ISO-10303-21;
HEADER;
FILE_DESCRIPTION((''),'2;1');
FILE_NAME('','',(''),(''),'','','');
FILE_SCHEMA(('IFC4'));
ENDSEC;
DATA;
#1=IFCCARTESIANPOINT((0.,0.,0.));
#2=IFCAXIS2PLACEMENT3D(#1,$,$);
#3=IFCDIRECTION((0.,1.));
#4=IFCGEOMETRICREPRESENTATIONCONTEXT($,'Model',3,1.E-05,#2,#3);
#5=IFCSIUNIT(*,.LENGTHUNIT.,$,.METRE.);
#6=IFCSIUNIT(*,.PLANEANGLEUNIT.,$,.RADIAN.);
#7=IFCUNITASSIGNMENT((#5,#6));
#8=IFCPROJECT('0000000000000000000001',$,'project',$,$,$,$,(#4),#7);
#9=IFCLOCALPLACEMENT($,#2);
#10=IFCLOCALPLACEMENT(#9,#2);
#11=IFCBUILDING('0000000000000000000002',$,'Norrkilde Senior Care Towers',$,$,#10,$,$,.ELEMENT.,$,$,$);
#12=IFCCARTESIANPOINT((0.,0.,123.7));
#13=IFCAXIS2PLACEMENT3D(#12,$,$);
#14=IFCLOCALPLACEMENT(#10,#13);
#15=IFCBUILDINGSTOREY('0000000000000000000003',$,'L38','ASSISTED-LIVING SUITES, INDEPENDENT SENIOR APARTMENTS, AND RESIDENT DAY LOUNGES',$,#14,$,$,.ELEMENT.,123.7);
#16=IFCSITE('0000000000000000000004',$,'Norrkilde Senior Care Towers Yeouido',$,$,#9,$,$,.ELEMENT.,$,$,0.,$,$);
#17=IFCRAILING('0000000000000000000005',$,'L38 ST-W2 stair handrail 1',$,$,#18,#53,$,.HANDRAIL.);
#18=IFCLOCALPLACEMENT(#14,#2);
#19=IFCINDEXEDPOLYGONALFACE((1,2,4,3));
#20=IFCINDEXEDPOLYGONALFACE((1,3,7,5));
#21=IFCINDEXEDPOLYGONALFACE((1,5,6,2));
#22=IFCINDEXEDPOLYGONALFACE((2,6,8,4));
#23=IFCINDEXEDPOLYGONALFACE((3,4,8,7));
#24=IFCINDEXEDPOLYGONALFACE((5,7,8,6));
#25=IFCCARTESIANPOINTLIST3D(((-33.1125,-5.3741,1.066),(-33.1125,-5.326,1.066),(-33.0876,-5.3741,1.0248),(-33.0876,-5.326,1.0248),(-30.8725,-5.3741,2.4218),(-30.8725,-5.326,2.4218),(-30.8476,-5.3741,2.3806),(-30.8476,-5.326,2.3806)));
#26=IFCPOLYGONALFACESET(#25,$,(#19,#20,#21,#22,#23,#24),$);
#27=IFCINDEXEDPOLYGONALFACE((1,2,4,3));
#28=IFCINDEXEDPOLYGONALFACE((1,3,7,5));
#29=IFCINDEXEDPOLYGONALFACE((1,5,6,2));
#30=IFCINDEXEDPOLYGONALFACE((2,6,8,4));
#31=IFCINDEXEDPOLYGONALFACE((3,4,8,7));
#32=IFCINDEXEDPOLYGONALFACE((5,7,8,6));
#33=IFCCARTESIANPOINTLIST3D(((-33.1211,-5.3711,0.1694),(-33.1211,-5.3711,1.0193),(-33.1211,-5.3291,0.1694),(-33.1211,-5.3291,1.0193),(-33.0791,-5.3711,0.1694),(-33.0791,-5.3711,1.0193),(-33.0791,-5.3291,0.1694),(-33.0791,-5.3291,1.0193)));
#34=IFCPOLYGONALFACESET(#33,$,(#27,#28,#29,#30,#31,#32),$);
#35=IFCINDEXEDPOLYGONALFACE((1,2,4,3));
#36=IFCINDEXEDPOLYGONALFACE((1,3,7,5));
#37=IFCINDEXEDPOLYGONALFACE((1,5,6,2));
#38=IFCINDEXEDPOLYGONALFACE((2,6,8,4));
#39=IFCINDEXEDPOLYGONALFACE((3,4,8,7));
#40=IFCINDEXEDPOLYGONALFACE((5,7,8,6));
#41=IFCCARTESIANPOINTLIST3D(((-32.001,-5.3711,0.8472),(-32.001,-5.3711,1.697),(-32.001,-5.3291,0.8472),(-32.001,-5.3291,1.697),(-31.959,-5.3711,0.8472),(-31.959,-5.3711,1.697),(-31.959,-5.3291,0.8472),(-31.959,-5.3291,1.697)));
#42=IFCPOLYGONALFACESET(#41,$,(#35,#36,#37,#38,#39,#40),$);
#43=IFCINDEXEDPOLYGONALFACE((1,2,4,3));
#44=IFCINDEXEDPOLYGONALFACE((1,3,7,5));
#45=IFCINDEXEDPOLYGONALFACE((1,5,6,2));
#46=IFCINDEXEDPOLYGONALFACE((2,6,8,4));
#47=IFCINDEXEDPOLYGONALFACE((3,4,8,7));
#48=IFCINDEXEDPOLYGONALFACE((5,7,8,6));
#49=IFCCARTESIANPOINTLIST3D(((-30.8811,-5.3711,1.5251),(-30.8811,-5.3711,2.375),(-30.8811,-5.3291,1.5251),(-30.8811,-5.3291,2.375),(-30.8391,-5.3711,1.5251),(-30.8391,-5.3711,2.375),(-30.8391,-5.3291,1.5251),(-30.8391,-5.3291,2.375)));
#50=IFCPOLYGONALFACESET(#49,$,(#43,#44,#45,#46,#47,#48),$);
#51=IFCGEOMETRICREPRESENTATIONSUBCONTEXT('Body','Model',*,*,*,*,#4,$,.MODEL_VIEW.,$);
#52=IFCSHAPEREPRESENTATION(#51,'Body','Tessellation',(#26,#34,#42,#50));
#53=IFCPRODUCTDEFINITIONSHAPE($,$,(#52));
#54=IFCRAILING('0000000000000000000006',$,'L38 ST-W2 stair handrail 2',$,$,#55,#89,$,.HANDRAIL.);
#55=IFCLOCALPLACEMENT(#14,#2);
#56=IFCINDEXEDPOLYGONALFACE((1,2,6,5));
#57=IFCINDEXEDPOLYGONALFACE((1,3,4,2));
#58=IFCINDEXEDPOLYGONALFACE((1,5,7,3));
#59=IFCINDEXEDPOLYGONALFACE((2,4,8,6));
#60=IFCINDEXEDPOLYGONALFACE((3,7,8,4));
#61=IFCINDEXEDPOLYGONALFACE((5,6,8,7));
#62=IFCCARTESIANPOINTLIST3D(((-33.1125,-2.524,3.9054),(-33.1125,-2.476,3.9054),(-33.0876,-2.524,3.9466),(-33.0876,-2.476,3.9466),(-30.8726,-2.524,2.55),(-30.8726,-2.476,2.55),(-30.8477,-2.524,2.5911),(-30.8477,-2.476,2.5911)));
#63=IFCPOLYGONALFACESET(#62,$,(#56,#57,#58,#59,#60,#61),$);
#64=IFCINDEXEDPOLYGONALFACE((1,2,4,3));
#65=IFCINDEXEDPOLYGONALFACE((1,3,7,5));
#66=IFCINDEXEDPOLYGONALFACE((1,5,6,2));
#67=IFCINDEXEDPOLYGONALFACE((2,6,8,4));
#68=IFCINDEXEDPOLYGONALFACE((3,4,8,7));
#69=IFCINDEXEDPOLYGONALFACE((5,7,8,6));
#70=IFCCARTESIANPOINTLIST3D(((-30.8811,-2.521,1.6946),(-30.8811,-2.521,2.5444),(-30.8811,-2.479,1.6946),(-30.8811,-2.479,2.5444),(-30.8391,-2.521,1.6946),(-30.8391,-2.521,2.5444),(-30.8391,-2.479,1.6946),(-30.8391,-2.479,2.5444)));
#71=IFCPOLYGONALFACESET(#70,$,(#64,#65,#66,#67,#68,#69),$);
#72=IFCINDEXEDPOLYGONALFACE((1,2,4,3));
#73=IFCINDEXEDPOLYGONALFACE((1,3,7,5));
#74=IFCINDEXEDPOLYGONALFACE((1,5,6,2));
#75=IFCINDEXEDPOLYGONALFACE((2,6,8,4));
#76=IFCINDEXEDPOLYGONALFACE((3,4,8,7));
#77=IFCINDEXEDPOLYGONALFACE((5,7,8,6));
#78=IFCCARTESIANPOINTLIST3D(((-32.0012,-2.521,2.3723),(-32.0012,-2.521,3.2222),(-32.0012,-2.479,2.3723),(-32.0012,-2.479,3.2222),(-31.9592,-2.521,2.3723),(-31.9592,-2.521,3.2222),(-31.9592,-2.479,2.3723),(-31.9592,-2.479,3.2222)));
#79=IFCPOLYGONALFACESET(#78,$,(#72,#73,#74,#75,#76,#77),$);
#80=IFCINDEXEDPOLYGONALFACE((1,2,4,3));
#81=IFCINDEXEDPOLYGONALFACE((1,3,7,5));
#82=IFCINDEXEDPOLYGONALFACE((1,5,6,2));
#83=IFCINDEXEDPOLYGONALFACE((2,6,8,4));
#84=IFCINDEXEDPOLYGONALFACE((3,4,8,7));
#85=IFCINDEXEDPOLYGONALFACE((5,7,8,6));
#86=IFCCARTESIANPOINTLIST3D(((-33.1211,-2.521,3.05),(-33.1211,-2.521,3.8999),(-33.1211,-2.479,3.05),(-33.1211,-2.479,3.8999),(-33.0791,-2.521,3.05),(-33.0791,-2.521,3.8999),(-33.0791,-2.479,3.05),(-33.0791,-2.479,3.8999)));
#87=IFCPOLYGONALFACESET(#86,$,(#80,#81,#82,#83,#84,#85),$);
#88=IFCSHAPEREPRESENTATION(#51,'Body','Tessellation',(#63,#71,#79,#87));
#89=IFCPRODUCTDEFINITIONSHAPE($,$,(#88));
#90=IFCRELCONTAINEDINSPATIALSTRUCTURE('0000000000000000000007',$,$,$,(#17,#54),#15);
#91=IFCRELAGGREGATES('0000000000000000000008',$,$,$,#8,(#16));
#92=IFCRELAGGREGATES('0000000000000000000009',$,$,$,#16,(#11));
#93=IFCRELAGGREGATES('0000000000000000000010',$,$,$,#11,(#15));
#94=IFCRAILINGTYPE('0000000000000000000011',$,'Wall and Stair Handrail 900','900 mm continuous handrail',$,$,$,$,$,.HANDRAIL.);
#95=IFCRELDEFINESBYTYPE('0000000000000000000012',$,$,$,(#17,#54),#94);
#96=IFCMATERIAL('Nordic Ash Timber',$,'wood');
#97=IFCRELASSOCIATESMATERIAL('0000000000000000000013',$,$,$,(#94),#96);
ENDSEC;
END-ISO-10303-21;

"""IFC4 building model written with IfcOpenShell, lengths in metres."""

from ifc_helpers import new_model, si_unit, direction, frame, origin, origin_2d, place, context, subcontext, project, spatial, rectangle, extrude, material, type_object, element, save


model = new_model("IFC4")

# Units and contexts
model_context = context("Model", 3, precision=1e-05, world=origin(), true_north=direction((0.0, 1.0)))
body_context = subcontext(model_context, "Body", "Model", "MODEL_VIEW")
ifc_project = project(units=[si_unit("LENGTHUNIT", "METRE"), si_unit("PLANEANGLEUNIT", "RADIAN")], contexts=[model_context])

# Site, building, storey
site_placement = place(None, origin())
site = spatial("IfcSite", under=ifc_project, at=site_placement, Name="Norrkilde Senior Care Towers Yeouido", CompositionType="ELEMENT", RefElevation=0.0)
building_placement = place(site_placement, origin())
building = spatial("IfcBuilding", under=site, at=building_placement, Name="Norrkilde Senior Care Towers", CompositionType="ELEMENT")
storey_placement = place(building_placement, frame((0.0, 0.0, 123.7)))
storey = spatial("IfcBuildingStorey", under=building, at=storey_placement, Name="L38", Description="ASSISTED-LIVING SUITES, INDEPENDENT SENIOR APARTMENTS, AND RESIDENT DAY LOUNGES", CompositionType="ELEMENT", Elevation=123.7)

# Railings
ifc_material_1 = material(Name="Nordic Ash Timber", Category="wood")
railing_type_1 = type_object("IfcRailingType", Name="Wall and Stair Handrail 900", Description="900 mm continuous handrail", PredefinedType="HANDRAIL", material=ifc_material_1)
railing_1_placement = place(storey_placement, frame((-33.1001, -5.3501, 0.1694)))
element("IfcRailing", 1, at=railing_1_placement, inside=storey, type_object=railing_type_1, Name="L38 ST-W2 stair handrail 1", PredefinedType="HANDRAIL", context=body_context, shape_type="SweptSolid", body=[
    extrude(rectangle(XDim=0.0481, YDim=0.0481, at=origin_2d()), frame((0.0, 0.0, 0.876), z_axis=(0.855512, 0.0, 0.517783), x_axis=(0.0, 1.0, 0.0)), (0.0, 0.0, 1.0), 2.6184),
    extrude(rectangle(XDim=0.042, YDim=0.042, at=origin_2d()), origin(), (0.0, 0.0, 1.0), 0.8499),
    extrude(rectangle(XDim=0.042, YDim=0.042, at=origin_2d()), frame((1.1201, 0.0, 0.6777)), (0.0, 0.0, 1.0), 0.8499),
    extrude(rectangle(XDim=0.042, YDim=0.042, at=origin_2d()), frame((2.24, 0.0, 1.3557)), (0.0, 0.0, 1.0), 0.8499),
])
railing_2_placement = place(storey_placement, frame((-30.8601, -2.5, 1.6946)))
element("IfcRailing", 2, at=railing_2_placement, inside=storey, type_object=railing_type_1, Name="L38 ST-W2 stair handrail 2", PredefinedType="HANDRAIL", context=body_context, shape_type="SweptSolid", body=[
    extrude(rectangle(XDim=0.0481, YDim=0.0481, at=origin_2d()), frame((0.0, 0.0, 0.876), z_axis=(-0.855553, 0.0, 0.517715), x_axis=(0.0, -1.0, 0.0)), (0.0, 0.0, 1.0), 2.6182),
    extrude(rectangle(XDim=0.042, YDim=0.042, at=origin_2d()), origin(), (0.0, 0.0, 1.0), 0.8499),
    extrude(rectangle(XDim=0.042, YDim=0.042, at=origin_2d()), frame((-1.1201, 0.0, 0.6777)), (0.0, 0.0, 1.0), 0.8499),
    extrude(rectangle(XDim=0.042, YDim=0.042, at=origin_2d()), frame((-2.24, 0.0, 1.3555)), (0.0, 0.0, 1.0), 0.8499),
])

save(model, "model.ifc")
